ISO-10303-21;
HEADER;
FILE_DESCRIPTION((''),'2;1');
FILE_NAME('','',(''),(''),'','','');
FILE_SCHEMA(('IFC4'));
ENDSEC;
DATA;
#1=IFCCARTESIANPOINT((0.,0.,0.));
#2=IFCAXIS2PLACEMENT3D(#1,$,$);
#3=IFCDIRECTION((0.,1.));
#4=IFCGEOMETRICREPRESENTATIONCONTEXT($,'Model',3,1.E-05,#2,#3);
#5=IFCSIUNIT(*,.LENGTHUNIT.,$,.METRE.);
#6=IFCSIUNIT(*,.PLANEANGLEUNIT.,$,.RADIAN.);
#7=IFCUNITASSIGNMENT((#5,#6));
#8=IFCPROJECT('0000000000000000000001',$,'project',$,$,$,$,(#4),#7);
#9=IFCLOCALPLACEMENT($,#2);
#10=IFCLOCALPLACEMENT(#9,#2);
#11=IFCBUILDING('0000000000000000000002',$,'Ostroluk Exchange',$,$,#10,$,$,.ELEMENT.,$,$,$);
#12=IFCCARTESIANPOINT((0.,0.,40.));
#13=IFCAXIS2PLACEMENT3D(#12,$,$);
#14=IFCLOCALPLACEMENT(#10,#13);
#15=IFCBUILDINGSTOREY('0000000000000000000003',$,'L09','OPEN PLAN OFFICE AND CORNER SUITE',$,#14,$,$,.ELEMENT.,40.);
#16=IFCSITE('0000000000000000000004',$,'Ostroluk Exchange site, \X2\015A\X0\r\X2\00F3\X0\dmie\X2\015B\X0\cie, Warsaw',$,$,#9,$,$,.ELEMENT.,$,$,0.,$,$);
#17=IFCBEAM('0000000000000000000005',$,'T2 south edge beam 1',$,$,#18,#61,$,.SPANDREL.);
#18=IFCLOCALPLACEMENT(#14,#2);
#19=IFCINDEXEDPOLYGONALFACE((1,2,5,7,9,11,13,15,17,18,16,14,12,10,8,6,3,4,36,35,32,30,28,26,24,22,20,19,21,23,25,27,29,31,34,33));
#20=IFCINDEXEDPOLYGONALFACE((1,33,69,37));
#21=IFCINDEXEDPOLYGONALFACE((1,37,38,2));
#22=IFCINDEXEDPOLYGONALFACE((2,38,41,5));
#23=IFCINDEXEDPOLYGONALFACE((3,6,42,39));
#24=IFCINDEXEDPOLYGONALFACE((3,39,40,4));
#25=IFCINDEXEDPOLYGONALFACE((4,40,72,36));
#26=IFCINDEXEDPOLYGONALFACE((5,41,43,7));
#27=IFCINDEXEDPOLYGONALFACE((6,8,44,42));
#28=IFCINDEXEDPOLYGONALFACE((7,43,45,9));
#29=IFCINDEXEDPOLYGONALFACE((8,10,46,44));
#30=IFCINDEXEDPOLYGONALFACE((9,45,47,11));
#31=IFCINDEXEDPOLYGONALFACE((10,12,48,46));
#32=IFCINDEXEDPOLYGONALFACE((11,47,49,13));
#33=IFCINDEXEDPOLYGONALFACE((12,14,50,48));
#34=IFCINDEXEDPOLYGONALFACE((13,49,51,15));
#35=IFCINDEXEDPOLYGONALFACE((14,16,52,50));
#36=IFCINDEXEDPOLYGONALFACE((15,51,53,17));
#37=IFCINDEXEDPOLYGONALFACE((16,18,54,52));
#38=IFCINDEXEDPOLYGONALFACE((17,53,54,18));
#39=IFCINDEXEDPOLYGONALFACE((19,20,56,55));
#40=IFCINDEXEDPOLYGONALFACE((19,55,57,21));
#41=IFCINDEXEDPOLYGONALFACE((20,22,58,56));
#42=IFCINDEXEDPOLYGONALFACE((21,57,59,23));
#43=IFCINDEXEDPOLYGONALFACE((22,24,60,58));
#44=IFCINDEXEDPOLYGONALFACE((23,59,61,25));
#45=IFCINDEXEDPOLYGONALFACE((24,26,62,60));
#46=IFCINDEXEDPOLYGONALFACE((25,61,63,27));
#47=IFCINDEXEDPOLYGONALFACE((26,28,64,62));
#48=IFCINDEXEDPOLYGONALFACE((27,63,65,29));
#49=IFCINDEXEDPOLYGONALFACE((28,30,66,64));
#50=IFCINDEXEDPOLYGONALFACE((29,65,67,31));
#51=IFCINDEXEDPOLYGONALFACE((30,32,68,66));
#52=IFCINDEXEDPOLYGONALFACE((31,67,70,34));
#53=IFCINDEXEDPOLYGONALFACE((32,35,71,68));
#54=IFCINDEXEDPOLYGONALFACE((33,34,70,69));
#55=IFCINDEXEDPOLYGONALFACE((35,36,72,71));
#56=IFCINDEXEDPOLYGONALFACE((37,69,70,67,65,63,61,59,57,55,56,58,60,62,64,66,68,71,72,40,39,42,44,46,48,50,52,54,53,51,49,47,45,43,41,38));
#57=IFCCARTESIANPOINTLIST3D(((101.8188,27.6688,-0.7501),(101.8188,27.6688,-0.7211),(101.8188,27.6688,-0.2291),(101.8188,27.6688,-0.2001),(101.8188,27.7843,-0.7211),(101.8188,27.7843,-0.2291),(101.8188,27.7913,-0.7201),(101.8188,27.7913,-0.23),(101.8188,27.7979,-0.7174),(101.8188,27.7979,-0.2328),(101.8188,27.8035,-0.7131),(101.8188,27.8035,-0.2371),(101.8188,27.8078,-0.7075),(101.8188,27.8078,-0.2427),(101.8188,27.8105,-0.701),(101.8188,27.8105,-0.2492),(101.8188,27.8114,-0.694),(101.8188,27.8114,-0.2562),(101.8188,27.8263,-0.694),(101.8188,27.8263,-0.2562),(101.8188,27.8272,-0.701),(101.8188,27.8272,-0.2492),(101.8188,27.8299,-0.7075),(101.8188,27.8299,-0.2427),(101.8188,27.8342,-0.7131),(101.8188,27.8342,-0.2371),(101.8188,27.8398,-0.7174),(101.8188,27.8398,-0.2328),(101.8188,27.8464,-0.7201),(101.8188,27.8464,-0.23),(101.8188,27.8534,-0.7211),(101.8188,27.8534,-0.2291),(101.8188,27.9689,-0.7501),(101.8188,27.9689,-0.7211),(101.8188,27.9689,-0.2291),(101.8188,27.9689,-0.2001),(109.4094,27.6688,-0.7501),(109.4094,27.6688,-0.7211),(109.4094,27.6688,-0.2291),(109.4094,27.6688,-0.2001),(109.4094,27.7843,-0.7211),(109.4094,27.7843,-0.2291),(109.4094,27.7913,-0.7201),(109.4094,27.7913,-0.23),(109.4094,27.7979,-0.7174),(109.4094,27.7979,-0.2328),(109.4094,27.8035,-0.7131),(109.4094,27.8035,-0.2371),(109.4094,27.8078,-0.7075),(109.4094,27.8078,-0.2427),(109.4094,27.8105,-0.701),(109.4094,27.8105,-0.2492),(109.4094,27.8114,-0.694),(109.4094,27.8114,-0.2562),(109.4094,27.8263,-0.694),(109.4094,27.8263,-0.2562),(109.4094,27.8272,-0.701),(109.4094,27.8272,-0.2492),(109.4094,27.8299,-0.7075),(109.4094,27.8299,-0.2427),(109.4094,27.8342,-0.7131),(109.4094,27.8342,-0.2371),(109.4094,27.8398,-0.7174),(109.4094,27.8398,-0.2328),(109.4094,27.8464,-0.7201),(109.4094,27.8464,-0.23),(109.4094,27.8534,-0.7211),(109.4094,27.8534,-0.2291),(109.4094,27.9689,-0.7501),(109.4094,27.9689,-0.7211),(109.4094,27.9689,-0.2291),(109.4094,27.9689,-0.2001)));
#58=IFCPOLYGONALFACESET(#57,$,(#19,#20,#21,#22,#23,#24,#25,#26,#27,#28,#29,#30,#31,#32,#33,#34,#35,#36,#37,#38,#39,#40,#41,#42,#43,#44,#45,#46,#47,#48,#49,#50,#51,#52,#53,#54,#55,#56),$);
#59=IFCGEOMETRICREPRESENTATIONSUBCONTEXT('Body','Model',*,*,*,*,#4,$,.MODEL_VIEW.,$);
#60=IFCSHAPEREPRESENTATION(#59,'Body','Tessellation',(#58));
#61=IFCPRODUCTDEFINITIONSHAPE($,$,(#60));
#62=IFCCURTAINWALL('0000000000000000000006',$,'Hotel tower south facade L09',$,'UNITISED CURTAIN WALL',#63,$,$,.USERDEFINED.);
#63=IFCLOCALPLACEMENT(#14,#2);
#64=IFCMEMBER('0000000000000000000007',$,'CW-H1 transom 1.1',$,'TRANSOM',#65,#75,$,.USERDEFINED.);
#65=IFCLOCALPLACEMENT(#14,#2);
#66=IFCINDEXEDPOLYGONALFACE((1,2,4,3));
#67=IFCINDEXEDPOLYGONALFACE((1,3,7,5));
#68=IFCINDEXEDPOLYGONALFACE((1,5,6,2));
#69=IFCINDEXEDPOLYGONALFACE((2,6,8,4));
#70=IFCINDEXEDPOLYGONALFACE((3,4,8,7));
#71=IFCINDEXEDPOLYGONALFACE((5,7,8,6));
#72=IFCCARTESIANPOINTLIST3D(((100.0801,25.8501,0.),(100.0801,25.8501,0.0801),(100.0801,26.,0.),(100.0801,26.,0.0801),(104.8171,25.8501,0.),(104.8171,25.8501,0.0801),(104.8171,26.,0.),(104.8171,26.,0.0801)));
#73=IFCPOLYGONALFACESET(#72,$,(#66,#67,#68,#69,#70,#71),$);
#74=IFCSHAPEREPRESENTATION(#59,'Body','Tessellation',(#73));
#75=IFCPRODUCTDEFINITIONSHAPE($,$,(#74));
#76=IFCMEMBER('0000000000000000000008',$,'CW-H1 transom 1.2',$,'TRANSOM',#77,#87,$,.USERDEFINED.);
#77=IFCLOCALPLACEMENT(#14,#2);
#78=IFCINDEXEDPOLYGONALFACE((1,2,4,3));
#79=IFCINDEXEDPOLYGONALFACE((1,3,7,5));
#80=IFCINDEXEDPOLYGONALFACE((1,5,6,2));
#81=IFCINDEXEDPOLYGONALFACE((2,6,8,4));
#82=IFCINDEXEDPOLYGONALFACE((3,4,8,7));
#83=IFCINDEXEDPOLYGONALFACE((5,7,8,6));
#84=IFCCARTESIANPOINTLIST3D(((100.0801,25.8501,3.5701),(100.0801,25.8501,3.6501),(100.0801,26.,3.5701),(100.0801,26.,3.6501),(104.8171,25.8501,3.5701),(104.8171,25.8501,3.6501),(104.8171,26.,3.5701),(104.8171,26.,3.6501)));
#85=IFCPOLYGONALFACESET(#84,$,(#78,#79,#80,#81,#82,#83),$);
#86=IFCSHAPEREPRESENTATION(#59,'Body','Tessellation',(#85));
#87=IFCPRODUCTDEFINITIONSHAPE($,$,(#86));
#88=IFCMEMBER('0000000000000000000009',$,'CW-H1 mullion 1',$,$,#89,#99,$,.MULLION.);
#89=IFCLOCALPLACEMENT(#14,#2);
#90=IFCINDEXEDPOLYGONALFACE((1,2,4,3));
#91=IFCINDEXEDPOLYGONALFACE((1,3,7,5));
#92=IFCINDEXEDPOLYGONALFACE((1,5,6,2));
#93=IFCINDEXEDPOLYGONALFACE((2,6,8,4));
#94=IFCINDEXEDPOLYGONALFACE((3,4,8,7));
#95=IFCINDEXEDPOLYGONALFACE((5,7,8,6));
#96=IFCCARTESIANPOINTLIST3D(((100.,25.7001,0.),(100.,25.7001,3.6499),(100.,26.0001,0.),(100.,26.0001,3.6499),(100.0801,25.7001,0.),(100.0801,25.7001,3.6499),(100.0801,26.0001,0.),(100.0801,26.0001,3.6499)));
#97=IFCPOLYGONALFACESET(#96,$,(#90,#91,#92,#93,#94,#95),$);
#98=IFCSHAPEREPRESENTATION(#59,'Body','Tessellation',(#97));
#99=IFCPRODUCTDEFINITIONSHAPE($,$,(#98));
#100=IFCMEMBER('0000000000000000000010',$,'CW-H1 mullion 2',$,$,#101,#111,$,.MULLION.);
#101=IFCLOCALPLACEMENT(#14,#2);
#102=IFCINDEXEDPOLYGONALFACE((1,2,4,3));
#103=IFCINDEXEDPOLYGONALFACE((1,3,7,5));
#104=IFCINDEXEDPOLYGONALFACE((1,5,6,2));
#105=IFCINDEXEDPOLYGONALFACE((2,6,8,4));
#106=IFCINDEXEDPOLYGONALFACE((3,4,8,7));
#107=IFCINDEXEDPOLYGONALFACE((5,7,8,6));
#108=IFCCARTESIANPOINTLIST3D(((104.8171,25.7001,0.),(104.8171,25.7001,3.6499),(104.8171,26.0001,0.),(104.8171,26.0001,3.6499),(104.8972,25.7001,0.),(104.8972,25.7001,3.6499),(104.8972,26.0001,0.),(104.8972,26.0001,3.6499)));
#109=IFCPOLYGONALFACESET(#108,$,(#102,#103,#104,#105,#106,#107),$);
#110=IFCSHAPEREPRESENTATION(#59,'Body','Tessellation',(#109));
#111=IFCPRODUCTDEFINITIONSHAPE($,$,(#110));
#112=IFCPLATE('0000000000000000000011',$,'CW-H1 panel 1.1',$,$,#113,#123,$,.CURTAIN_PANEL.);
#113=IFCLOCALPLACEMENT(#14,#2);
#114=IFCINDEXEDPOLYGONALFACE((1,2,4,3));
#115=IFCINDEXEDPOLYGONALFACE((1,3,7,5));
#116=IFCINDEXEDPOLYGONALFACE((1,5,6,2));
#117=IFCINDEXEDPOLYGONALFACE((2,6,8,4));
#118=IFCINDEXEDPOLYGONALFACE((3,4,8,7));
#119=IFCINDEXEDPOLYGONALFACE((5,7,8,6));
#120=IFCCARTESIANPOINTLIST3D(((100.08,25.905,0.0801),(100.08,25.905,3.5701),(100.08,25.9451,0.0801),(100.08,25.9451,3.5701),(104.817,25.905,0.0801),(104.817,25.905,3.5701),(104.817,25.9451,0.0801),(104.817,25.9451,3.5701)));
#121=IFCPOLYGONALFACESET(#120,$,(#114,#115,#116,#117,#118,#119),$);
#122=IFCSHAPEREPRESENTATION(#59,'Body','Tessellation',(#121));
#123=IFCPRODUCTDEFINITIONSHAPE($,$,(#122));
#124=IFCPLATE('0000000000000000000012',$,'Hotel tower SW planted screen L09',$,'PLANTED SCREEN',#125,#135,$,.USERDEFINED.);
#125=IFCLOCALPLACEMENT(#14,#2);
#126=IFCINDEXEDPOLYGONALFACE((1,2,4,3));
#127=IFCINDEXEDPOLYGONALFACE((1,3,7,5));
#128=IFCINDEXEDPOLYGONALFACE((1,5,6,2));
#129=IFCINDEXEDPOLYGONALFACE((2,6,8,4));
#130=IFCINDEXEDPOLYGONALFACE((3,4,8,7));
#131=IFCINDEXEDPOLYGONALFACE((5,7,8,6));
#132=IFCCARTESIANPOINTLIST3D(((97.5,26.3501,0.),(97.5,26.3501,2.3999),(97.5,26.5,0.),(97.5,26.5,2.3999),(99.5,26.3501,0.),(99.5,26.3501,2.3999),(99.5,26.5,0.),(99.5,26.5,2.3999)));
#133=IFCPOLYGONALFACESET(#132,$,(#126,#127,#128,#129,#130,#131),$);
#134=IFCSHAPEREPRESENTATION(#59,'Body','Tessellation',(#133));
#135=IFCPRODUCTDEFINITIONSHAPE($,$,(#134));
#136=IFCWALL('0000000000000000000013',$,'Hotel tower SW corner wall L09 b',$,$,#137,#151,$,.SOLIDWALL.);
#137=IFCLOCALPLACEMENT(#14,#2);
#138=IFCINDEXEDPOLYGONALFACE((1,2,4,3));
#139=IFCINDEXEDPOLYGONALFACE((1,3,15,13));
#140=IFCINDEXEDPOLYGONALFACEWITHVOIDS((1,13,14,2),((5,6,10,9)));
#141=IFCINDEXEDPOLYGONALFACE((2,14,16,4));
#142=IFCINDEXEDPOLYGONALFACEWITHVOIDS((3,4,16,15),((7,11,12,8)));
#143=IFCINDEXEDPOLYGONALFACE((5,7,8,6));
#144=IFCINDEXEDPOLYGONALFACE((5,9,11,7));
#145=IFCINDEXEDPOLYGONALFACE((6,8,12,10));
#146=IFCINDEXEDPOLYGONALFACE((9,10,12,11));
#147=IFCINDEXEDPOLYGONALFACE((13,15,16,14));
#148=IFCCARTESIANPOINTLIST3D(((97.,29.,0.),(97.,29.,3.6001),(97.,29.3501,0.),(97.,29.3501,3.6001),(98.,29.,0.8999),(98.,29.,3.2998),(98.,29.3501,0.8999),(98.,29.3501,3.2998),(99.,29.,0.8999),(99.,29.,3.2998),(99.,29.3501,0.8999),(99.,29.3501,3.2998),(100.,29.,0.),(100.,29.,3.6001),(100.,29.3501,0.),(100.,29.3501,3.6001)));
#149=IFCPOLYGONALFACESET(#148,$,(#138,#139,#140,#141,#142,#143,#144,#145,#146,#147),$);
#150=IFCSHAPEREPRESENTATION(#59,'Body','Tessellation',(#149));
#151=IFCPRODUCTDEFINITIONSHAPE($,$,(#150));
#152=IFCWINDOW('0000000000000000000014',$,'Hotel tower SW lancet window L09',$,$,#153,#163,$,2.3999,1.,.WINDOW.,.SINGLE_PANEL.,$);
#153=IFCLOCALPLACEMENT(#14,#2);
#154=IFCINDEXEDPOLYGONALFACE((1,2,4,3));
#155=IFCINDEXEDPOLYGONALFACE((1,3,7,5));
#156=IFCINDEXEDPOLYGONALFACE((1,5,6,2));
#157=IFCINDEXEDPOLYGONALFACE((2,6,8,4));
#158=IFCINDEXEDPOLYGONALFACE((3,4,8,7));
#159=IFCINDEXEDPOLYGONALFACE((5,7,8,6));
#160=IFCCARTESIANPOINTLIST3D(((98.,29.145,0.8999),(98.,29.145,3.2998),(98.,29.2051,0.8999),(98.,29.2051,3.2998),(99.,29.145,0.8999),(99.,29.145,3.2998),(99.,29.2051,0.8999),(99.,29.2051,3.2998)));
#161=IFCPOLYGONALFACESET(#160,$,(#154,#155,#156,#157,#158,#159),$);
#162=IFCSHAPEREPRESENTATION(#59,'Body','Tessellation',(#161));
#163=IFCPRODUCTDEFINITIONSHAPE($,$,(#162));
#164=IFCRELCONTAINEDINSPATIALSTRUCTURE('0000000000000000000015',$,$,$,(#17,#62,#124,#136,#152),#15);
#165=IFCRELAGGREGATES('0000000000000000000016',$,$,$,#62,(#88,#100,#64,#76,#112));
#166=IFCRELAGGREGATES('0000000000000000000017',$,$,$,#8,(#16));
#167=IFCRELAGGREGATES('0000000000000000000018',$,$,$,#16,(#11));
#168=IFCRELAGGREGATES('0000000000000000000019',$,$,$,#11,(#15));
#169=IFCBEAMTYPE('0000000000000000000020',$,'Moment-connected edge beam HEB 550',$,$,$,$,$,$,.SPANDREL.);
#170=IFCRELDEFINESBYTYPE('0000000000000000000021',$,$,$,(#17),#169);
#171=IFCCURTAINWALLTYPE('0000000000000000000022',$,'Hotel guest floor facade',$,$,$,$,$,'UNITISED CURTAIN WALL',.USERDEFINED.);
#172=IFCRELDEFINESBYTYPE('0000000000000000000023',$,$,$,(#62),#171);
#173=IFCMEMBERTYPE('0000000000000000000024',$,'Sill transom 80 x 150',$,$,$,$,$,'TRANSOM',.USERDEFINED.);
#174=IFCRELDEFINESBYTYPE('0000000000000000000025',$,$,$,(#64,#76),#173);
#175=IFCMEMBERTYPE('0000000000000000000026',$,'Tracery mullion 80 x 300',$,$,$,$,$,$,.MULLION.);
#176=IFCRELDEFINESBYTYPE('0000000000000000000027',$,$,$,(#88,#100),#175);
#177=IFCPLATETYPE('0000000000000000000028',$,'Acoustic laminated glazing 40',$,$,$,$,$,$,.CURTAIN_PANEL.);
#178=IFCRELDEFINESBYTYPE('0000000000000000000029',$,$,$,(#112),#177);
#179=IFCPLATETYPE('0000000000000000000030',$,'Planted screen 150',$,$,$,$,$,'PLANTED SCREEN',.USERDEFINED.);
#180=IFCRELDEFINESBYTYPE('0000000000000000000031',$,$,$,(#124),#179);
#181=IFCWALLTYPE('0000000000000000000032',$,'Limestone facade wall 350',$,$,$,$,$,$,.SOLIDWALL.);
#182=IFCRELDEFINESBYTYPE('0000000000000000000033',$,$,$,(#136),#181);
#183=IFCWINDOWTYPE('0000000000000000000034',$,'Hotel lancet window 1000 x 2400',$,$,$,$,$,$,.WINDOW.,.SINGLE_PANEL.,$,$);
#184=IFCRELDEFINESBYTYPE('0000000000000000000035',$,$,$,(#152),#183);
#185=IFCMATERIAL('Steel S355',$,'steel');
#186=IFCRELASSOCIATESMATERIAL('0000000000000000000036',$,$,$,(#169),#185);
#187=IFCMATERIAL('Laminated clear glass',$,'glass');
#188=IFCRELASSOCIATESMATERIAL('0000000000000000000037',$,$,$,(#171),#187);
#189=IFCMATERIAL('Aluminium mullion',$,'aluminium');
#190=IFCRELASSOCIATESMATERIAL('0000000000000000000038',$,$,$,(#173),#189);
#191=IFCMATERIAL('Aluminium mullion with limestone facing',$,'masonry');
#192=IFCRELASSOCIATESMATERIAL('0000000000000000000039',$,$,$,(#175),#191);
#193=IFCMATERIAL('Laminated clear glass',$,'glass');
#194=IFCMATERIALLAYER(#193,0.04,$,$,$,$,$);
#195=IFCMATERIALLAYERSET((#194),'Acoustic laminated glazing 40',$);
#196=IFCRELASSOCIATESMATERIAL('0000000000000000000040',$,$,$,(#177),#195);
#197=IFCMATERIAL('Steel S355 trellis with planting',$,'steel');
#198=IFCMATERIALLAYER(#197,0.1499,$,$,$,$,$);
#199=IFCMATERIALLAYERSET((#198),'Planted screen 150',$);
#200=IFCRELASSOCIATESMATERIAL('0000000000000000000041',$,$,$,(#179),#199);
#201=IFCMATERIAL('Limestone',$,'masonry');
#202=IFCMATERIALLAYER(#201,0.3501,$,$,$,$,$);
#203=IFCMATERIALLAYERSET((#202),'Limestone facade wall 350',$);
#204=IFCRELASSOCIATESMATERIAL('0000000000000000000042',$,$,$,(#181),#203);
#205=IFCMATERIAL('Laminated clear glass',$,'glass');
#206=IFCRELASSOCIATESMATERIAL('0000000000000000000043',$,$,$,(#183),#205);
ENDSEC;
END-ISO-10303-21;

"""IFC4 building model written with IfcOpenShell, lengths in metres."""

from ifc_helpers import new_model, si_unit, direction, frame, frame_2d, origin, origin_2d, place, context, subcontext, project, spatial, rectangle, i_section, extrude, material, layer, layer_set, material_profile, profile_set, type_object, element, fill, aggregate, save


model = new_model("IFC4")

# Units and contexts
model_context = context("Model", 3, precision=1e-05, world=origin(), true_north=direction((0.0, 1.0)))
body_context = subcontext(model_context, "Body", "Model", "MODEL_VIEW")
ifc_project = project(units=[si_unit("LENGTHUNIT", "METRE"), si_unit("PLANEANGLEUNIT", "RADIAN")], contexts=[model_context])

# Site, building, storey
site_placement = place(None, origin())
site = spatial("IfcSite", under=ifc_project, at=site_placement, Name="Ostroluk Exchange site, Śródmieście, Warsaw", CompositionType="ELEMENT", RefElevation=0.0)
building_placement = place(site_placement, origin())
building = spatial("IfcBuilding", under=site, at=building_placement, Name="Ostroluk Exchange", CompositionType="ELEMENT")
storey_placement = place(building_placement, frame((0.0, 0.0, 40.0)))
storey = spatial("IfcBuildingStorey", under=building, at=storey_placement, Name="L09", Description="OPEN PLAN OFFICE AND CORNER SUITE", CompositionType="ELEMENT", Elevation=40.0)

# Beam
ifc_material_1 = material(Name="Steel S355", Category="steel")
ifc_material_profile_1 = material_profile(ifc_material_1, i_section(OverallWidth=0.3, OverallDepth=0.55, WebThickness=0.0149, FlangeThickness=0.0291, FilletRadius=0.0271, at=origin_2d()), Name="HEB 550")
ifc_profile_set_1 = profile_set([ifc_material_profile_1], Name="Steel S355")
beam_type_1 = type_object("IfcBeamType", Name="Moment-connected edge beam HEB 550", PredefinedType="SPANDREL", material=ifc_profile_set_1)
beam_placement = place(storey_placement, frame((101.8188, 27.8188, -0.4751), z_axis=(1.0, 0.0, 0.0), x_axis=(0.0, 1.0, 0.0)))
element("IfcBeam", 1, at=beam_placement, inside=storey, type_object=beam_type_1, Name="T2 south edge beam 1", PredefinedType="SPANDREL", context=body_context, shape_type="SweptSolid", body=[
    extrude(i_section(OverallWidth=0.3, OverallDepth=0.55, WebThickness=0.0149, FlangeThickness=0.0291, FilletRadius=0.0271, at=origin_2d()), origin(), (0.0, 0.0, 1.0), 7.5906),
])

# Curtain wall, members, plate
ifc_material_2 = material(Name="Laminated clear glass", Category="glass")
curtain_wall_type = type_object("IfcCurtainWallType", Name="Hotel guest floor facade", ElementType="UNITISED CURTAIN WALL", PredefinedType="USERDEFINED", material=ifc_material_2)
curtain_wall_placement = place(storey_placement, origin())
curtain_wall = element("IfcCurtainWall", 2, at=curtain_wall_placement, inside=storey, type_object=curtain_wall_type, Name="Hotel tower south facade L09", ObjectType="UNITISED CURTAIN WALL", PredefinedType="USERDEFINED")
ifc_material_3 = material(Name="Aluminium mullion", Category="aluminium")
ifc_material_profile_2 = material_profile(ifc_material_3, rectangle(XDim=0.1499, YDim=0.0801, at=origin_2d()), Name="Sill transom 80 x 150")
ifc_profile_set_2 = profile_set([ifc_material_profile_2], Name="Aluminium mullion")
member_type_1 = type_object("IfcMemberType", Name="Sill transom 80 x 150", ElementType="TRANSOM", PredefinedType="USERDEFINED", material=ifc_profile_set_2)
member_1_placement = place(storey_placement, frame((100.0801, 25.925, 0.04), z_axis=(1.0, 0.0, 0.0), x_axis=(0.0, 1.0, 0.0)))
member_1 = element("IfcMember", 3, at=member_1_placement, type_object=member_type_1, Name="CW-H1 transom 1.1", ObjectType="TRANSOM", PredefinedType="USERDEFINED", context=body_context, shape_type="SweptSolid", body=[
    extrude(rectangle(XDim=0.1499, YDim=0.0801, at=origin_2d()), origin(), (0.0, 0.0, 1.0), 4.7371),
])
member_2_placement = place(storey_placement, frame((100.0801, 25.925, 3.6101), z_axis=(1.0, 0.0, 0.0), x_axis=(0.0, 1.0, 0.0)))
member_2 = element("IfcMember", 4, at=member_2_placement, type_object=member_type_1, Name="CW-H1 transom 1.2", ObjectType="TRANSOM", PredefinedType="USERDEFINED", context=body_context, shape_type="SweptSolid", body=[
    extrude(rectangle(XDim=0.1499, YDim=0.0801, at=origin_2d()), origin(), (0.0, 0.0, 1.0), 4.7371),
])
ifc_material_4 = material(Name="Aluminium mullion with limestone facing", Category="masonry")
ifc_material_profile_3 = material_profile(ifc_material_4, rectangle(XDim=0.3, YDim=0.0801, at=origin_2d()), Name="Tracery mullion 80 x 300")
ifc_profile_set_3 = profile_set([ifc_material_profile_3], Name="Aluminium mullion with limestone facing")
member_type_2 = type_object("IfcMemberType", Name="Tracery mullion 80 x 300", PredefinedType="MULLION", material=ifc_profile_set_3)
member_3_placement = place(storey_placement, frame((100.04, 25.8501, 0.0), z_axis=(0.0, 0.0, 1.0), x_axis=(0.0, 1.0, 0.0)))
member_3 = element("IfcMember", 5, at=member_3_placement, type_object=member_type_2, Name="CW-H1 mullion 1", PredefinedType="MULLION", context=body_context, shape_type="SweptSolid", body=[
    extrude(rectangle(XDim=0.3, YDim=0.0801, at=origin_2d()), origin(), (0.0, 0.0, 1.0), 3.6499),
])
member_4_placement = place(storey_placement, frame((104.8572, 25.8501, 0.0), z_axis=(0.0, 0.0, 1.0), x_axis=(0.0, 1.0, 0.0)))
member_4 = element("IfcMember", 6, at=member_4_placement, type_object=member_type_2, Name="CW-H1 mullion 2", PredefinedType="MULLION", context=body_context, shape_type="SweptSolid", body=[
    extrude(rectangle(XDim=0.3, YDim=0.0801, at=origin_2d()), origin(), (0.0, 0.0, 1.0), 3.6499),
])
ifc_material_5 = material(Name="Laminated clear glass", Category="glass")
ifc_layer_1 = layer(ifc_material_5, 0.04)
ifc_layer_set_1 = layer_set([ifc_layer_1], Name="Acoustic laminated glazing 40")
plate_type_1 = type_object("IfcPlateType", Name="Acoustic laminated glazing 40", PredefinedType="CURTAIN_PANEL", material=ifc_layer_set_1)
plate_1_placement = place(storey_placement, frame((102.4485, 25.925, 0.0801), z_axis=(0.0, 0.0, 1.0), x_axis=(1.0, 0.0, 0.0)))
plate_1 = element("IfcPlate", 7, at=plate_1_placement, type_object=plate_type_1, Name="CW-H1 panel 1.1", PredefinedType="CURTAIN_PANEL", context=body_context, shape_type="SweptSolid", body=[
    extrude(rectangle(XDim=4.7371, YDim=0.04, at=origin_2d()), origin(), (0.0, 0.0, 1.0), 3.49),
])
aggregate(curtain_wall, [member_3, member_4, member_1, member_2, plate_1])

# Plate
ifc_material_6 = material(Name="Steel S355 trellis with planting", Category="steel")
ifc_layer_2 = layer(ifc_material_6, 0.1499)
ifc_layer_set_2 = layer_set([ifc_layer_2], Name="Planted screen 150")
plate_type_2 = type_object("IfcPlateType", Name="Planted screen 150", ElementType="PLANTED SCREEN", PredefinedType="USERDEFINED", material=ifc_layer_set_2)
plate_2_placement = place(storey_placement, frame((98.5, 26.425, 0.0), z_axis=(0.0, 0.0, 1.0), x_axis=(1.0, 0.0, 0.0)))
element("IfcPlate", 8, at=plate_2_placement, inside=storey, type_object=plate_type_2, Name="Hotel tower SW planted screen L09", ObjectType="PLANTED SCREEN", PredefinedType="USERDEFINED", context=body_context, shape_type="SweptSolid", body=[
    extrude(rectangle(XDim=2.0, YDim=0.1499, at=origin_2d()), origin(), (0.0, 0.0, 1.0), 2.3999),
])

# Shared definitions
ifc_material_7 = material(Name="Limestone", Category="masonry")
ifc_layer_3 = layer(ifc_material_7, 0.3501)
ifc_layer_set_3 = layer_set([ifc_layer_3], Name="Limestone facade wall 350")
wall_type_1 = type_object("IfcWallType", Name="Limestone facade wall 350", PredefinedType="SOLIDWALL", material=ifc_layer_set_3)

# Wall, opening, window
wall_1_placement = place(storey_placement, frame((100.0, 29.175, 0.0), z_axis=(0.0, 0.0, 1.0), x_axis=(-1.0, 0.0, 0.0)))
wall_1 = element("IfcWall", 9, at=wall_1_placement, inside=storey, type_object=wall_type_1, Name="Hotel tower SW corner wall L09 b", PredefinedType="SOLIDWALL", context=body_context, shape_type="SweptSolid", body=[
    extrude(rectangle(XDim=3.0, YDim=0.3501, at=frame_2d((1.5, 0.0))), origin(), (0.0, 0.0, 1.0), 3.6001),
])
opening_1_placement = place(wall_1_placement, frame((1.0, 0.0, 0.8999)))
opening_1 = element("IfcOpeningElement", 10, at=opening_1_placement, cuts=wall_1, PredefinedType="OPENING", context=body_context, shape_type="SweptSolid", body=[
    extrude(rectangle(XDim=1.0, YDim=2.3999, at=frame_2d((0.5, 1.2))), frame((0.0, 0.1851, 0.0), z_axis=(0.0, -1.0, 0.0), x_axis=(1.0, 0.0, 0.0)), (0.0, 0.0, 1.0), 0.3701),
])
ifc_material_8 = material(Name="Laminated clear glass", Category="glass")
window_type = type_object("IfcWindowType", Name="Hotel lancet window 1000 x 2400", PartitioningType="SINGLE_PANEL", PredefinedType="WINDOW", material=ifc_material_8)
window_placement = place(opening_1_placement, origin())
window = element("IfcWindow", 11, at=window_placement, inside=storey, type_object=window_type, Name="Hotel tower SW lancet window L09", OverallHeight=2.3999, OverallWidth=1.0, PartitioningType="SINGLE_PANEL", PredefinedType="WINDOW", context=body_context, shape_type="SweptSolid", body=[
    extrude(rectangle(XDim=1.0, YDim=2.3999, at=frame_2d((0.5, 1.2))), frame((0.0, 0.03, 0.0), z_axis=(0.0, -1.0, 0.0), x_axis=(1.0, 0.0, 0.0)), (0.0, 0.0, 1.0), 0.0601),
])
fill(opening_1, window)

save(model, "model.ifc")
